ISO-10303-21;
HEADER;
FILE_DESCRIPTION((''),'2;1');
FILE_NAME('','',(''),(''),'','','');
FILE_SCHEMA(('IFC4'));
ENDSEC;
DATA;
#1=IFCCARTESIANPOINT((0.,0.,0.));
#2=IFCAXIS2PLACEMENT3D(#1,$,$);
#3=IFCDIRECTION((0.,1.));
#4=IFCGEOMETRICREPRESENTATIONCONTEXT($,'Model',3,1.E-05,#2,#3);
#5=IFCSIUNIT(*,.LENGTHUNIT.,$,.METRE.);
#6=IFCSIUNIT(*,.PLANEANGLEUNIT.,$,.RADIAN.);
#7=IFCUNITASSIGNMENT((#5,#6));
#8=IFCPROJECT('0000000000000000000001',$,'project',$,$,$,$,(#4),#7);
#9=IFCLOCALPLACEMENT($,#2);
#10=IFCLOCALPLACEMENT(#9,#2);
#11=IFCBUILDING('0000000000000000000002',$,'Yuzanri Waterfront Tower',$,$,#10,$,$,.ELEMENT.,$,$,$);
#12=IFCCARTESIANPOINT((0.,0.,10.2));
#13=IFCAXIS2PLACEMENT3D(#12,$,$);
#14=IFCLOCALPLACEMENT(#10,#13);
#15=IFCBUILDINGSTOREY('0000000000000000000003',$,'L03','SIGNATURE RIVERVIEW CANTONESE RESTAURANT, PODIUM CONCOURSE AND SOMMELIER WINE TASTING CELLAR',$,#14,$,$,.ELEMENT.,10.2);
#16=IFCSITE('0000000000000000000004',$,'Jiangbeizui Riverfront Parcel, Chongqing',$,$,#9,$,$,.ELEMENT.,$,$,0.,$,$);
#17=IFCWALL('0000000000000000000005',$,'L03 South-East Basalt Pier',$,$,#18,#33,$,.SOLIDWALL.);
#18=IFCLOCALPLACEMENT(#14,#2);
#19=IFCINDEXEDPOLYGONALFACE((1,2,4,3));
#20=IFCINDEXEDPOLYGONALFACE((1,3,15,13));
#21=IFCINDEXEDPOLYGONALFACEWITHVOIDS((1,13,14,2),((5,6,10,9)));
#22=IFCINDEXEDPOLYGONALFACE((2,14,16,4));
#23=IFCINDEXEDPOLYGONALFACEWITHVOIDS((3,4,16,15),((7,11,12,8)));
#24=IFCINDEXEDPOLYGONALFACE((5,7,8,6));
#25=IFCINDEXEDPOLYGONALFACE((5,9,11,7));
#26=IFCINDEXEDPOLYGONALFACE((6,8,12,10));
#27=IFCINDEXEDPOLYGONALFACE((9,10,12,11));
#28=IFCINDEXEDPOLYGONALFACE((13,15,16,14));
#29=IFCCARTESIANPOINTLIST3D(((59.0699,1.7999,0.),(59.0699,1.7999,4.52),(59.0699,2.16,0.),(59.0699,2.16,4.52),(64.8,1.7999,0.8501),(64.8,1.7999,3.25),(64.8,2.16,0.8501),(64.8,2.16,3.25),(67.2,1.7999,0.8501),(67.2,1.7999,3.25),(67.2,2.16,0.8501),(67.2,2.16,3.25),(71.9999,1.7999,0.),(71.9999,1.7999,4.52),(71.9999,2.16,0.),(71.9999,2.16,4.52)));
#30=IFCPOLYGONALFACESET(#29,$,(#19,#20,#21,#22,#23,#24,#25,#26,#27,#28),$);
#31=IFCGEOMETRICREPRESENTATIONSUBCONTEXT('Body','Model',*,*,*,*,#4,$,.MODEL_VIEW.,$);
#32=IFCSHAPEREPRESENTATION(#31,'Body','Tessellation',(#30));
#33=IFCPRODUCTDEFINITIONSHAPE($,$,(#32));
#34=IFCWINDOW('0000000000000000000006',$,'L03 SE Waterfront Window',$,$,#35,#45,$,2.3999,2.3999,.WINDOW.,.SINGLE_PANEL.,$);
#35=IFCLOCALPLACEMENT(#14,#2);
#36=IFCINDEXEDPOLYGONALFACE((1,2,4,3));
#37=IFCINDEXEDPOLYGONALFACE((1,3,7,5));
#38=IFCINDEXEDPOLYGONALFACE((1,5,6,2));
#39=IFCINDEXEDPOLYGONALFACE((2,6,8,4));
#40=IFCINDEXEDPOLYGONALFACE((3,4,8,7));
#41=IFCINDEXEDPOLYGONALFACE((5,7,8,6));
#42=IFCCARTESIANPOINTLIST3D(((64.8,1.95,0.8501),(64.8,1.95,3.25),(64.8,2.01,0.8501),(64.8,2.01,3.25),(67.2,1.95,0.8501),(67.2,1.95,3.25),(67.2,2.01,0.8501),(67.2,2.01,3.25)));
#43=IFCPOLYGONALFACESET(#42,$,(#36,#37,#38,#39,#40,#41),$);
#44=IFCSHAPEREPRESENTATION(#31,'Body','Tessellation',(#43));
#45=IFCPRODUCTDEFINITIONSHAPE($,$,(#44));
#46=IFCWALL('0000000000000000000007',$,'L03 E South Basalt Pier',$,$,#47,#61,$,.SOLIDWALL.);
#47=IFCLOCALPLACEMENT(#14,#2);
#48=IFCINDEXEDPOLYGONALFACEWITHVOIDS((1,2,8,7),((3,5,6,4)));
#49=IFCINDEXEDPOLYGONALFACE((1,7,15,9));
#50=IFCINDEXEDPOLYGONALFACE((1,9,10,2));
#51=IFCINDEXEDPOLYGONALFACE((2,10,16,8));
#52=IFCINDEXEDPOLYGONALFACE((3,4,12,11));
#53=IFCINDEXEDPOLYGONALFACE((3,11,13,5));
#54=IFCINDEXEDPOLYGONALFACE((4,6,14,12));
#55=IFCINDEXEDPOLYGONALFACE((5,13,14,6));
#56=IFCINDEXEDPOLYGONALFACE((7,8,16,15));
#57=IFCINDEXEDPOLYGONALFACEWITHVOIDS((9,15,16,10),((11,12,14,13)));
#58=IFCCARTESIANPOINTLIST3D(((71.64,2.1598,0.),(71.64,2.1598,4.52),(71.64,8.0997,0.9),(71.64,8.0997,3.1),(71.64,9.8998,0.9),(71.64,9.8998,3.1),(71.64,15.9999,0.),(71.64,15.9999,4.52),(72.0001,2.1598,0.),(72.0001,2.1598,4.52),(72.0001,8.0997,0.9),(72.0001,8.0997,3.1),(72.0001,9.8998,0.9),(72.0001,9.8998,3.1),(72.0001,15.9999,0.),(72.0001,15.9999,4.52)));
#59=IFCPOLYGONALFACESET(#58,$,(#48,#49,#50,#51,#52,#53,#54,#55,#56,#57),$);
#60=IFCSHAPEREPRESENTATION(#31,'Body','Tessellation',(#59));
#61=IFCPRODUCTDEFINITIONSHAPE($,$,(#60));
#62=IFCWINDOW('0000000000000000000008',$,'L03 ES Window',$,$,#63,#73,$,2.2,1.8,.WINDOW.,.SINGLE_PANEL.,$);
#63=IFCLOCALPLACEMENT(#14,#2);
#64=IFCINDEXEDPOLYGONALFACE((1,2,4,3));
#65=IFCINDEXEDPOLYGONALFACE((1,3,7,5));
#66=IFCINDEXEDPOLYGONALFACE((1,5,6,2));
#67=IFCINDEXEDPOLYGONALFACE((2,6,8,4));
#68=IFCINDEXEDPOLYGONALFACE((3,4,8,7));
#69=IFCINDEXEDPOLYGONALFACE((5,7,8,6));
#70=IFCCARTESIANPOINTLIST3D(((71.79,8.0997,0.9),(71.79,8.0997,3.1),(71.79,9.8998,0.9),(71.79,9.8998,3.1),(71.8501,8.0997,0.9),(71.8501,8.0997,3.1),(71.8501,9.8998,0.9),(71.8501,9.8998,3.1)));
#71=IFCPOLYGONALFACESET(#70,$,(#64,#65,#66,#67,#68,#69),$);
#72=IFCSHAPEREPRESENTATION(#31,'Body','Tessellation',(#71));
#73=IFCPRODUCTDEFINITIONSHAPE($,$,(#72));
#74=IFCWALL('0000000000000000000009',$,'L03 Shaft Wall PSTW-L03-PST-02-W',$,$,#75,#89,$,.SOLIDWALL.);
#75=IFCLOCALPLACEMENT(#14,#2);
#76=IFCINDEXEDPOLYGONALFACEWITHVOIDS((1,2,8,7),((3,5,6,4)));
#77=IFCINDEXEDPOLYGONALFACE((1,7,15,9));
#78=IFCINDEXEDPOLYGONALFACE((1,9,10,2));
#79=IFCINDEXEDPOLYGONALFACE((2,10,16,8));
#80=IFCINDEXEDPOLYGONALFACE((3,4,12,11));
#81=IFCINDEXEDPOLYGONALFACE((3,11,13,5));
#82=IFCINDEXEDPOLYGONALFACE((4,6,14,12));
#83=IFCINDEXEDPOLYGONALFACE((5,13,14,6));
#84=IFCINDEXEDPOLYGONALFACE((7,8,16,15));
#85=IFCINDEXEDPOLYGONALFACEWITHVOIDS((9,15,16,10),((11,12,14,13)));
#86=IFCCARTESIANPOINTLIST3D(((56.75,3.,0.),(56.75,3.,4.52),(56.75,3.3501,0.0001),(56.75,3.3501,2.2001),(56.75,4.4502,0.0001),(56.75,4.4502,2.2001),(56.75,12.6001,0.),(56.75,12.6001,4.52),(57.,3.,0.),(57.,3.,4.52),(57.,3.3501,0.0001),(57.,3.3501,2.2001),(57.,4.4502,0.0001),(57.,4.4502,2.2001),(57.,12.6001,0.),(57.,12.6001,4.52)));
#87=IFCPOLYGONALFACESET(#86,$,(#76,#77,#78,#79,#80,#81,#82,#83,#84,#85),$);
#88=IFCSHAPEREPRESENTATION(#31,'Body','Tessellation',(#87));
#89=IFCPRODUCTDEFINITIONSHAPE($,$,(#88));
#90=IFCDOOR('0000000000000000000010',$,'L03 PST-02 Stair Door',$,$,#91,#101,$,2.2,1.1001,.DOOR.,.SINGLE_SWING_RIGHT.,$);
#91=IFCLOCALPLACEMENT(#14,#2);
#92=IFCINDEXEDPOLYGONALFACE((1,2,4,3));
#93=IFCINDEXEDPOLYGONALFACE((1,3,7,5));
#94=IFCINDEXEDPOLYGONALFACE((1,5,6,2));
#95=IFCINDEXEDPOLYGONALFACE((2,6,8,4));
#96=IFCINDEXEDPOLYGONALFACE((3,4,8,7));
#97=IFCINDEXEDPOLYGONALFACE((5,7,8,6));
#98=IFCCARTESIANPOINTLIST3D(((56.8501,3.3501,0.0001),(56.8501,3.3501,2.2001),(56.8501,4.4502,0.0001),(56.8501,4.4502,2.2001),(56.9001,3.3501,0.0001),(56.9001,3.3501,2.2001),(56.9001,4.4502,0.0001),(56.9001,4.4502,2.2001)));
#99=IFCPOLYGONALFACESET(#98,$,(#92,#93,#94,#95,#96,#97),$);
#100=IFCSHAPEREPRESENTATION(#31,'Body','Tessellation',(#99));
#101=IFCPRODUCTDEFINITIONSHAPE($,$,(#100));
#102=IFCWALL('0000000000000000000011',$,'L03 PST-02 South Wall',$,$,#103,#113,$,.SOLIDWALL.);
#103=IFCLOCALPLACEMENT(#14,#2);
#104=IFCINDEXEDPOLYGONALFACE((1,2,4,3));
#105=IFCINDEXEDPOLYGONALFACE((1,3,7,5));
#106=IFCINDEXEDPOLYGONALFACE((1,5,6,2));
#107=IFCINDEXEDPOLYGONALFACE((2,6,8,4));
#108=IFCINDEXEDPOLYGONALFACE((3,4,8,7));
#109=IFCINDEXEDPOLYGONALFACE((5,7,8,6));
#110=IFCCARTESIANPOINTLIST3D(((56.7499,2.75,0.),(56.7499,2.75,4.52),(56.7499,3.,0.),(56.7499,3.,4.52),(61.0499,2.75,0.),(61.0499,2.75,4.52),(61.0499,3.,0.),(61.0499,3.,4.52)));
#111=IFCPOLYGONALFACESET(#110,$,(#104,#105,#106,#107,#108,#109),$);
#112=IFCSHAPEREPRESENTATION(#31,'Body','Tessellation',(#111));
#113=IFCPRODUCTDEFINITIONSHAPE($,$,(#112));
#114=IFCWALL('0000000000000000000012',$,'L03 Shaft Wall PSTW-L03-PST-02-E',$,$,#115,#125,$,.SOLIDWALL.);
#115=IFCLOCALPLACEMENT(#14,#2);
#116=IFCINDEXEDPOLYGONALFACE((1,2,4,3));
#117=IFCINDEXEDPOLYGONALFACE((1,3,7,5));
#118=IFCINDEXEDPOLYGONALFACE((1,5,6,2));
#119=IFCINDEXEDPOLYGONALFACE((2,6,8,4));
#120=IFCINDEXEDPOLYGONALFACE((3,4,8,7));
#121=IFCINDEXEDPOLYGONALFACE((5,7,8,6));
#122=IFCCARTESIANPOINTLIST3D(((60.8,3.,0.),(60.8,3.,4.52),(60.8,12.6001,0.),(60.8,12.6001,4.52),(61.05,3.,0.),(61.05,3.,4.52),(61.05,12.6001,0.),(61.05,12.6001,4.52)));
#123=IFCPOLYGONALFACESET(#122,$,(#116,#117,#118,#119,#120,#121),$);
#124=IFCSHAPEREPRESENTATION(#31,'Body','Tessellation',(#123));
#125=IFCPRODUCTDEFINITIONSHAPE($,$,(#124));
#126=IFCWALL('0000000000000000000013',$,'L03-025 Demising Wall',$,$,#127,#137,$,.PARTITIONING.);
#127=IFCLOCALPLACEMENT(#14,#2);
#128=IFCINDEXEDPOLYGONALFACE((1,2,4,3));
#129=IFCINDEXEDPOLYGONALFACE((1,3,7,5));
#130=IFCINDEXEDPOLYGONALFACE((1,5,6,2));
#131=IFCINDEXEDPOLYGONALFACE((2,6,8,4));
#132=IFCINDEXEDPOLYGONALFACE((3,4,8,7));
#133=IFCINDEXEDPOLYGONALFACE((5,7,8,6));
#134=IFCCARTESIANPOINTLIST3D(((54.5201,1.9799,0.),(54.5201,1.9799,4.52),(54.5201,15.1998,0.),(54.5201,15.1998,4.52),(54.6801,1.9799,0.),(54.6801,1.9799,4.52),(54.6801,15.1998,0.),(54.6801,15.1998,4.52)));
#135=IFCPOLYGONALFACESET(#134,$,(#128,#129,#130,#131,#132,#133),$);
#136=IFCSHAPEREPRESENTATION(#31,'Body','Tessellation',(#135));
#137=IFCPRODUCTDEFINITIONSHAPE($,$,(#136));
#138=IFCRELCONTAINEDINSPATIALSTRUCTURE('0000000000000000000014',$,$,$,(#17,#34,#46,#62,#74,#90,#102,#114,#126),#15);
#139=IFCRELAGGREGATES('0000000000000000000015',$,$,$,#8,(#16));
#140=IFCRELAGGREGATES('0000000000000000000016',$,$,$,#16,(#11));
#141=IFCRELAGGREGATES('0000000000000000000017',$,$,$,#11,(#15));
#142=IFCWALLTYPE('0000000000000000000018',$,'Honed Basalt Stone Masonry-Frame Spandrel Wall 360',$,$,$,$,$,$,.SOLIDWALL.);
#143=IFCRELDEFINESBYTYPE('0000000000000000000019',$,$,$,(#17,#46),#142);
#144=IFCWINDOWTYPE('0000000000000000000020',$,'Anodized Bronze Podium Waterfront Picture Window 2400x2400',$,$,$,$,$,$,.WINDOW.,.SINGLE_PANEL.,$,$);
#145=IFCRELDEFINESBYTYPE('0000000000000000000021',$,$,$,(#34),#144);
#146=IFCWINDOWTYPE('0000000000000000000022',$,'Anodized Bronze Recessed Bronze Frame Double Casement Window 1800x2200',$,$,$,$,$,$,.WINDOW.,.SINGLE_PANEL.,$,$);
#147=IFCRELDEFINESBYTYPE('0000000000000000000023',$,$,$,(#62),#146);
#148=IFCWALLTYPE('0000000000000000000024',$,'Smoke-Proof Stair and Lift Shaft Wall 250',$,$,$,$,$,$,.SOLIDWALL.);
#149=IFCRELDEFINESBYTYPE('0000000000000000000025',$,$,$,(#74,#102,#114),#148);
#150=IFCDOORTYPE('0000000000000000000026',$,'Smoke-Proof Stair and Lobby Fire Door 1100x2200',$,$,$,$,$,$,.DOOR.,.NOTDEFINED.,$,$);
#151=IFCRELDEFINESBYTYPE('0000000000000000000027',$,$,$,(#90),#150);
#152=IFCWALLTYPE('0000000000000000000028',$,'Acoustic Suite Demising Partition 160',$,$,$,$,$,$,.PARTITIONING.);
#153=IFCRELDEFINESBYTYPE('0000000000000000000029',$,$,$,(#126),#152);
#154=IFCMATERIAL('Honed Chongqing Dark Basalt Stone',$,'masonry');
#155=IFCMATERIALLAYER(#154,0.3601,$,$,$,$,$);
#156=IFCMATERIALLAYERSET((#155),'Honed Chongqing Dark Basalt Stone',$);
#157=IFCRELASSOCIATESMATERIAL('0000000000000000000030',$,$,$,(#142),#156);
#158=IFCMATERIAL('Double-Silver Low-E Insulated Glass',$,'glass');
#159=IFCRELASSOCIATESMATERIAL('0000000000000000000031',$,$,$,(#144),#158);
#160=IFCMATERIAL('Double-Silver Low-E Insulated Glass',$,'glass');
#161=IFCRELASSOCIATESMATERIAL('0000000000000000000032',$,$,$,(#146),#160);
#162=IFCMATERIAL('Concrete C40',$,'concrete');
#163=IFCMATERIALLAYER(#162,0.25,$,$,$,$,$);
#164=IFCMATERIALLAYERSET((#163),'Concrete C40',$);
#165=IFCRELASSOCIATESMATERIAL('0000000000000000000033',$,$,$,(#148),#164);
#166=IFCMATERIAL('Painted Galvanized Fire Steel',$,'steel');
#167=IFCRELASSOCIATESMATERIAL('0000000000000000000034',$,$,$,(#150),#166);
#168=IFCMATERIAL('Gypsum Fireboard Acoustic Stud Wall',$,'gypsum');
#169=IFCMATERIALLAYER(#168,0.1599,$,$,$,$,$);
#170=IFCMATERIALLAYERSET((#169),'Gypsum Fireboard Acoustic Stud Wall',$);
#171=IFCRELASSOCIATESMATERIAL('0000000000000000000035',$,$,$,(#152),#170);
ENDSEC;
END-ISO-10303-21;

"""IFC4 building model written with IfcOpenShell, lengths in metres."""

from ifc_helpers import new_model, si_unit, direction, frame, frame_2d, origin, place, context, subcontext, project, spatial, rectangle, extrude, source, transform, mapped, material, layer, layer_set, type_object, element, fill, save


model = new_model("IFC4")

# Units and contexts
model_context = context("Model", 3, precision=1e-05, world=origin(), true_north=direction((0.0, 1.0)))
body_context = subcontext(model_context, "Body", "Model", "MODEL_VIEW")
ifc_project = project(units=[si_unit("LENGTHUNIT", "METRE"), si_unit("PLANEANGLEUNIT", "RADIAN")], contexts=[model_context])

# Site, building, storey
site_placement = place(None, origin())
site = spatial("IfcSite", under=ifc_project, at=site_placement, Name="Jiangbeizui Riverfront Parcel, Chongqing", CompositionType="ELEMENT", RefElevation=0.0)
building_placement = place(site_placement, origin())
building = spatial("IfcBuilding", under=site, at=building_placement, Name="Yuzanri Waterfront Tower", CompositionType="ELEMENT")
storey_placement = place(building_placement, frame((0.0, 0.0, 10.2)))
storey = spatial("IfcBuildingStorey", under=building, at=storey_placement, Name="L03", Description="SIGNATURE RIVERVIEW CANTONESE RESTAURANT, PODIUM CONCOURSE AND SOMMELIER WINE TASTING CELLAR", CompositionType="ELEMENT", Elevation=10.2)

# Walls, openings, windows
ifc_material_1 = material(Name="Honed Chongqing Dark Basalt Stone", Category="masonry")
ifc_layer_1 = layer(ifc_material_1, 0.3601)
ifc_layer_set_1 = layer_set([ifc_layer_1], Name="Honed Chongqing Dark Basalt Stone")
wall_type_1 = type_object("IfcWallType", Name="Honed Basalt Stone Masonry-Frame Spandrel Wall 360", PredefinedType="SOLIDWALL", material=ifc_layer_set_1)
wall_1_placement = place(storey_placement, frame((59.0701, 1.98, 0.0), z_axis=(0.0, 0.0, 1.0), x_axis=(1.0, 0.0, 0.0)))
wall_1 = element("IfcWall", 1, at=wall_1_placement, inside=storey, type_object=wall_type_1, Name="L03 South-East Basalt Pier", PredefinedType="SOLIDWALL", context=body_context, shape_type="SweptSolid", body=[
    extrude(rectangle(XDim=12.9299, YDim=0.3601, at=frame_2d((6.4648, 0.0))), origin(), (0.0, 0.0, 1.0), 4.52),
])
opening_1_placement = place(wall_1_placement, frame((5.73, 0.0, 0.8501)))
opening_1 = element("IfcOpeningElement", 2, at=opening_1_placement, cuts=wall_1, PredefinedType="OPENING", context=body_context, shape_type="SweptSolid", body=[
    extrude(rectangle(XDim=2.3999, YDim=2.3999, at=frame_2d((1.2, 1.2))), frame((0.0, 0.1948, 0.0), z_axis=(0.0, -1.0, 0.0), x_axis=(1.0, 0.0, 0.0)), (0.0, 0.0, 1.0), 0.3899),
])
ifc_material_2 = material(Name="Double-Silver Low-E Insulated Glass", Category="glass")
window_type_1 = type_object("IfcWindowType", Name="Anodized Bronze Podium Waterfront Picture Window 2400x2400", PartitioningType="SINGLE_PANEL", PredefinedType="WINDOW", material=ifc_material_2)
shared_shape_1 = source(origin(), body_context, "Body", "SweptSolid", [
    extrude(rectangle(XDim=2.3999, YDim=2.3999, at=frame_2d((1.2, 1.2))), frame((0.0, 0.03, 0.0), z_axis=(0.0, -1.0, 0.0), x_axis=(1.0, 0.0, 0.0)), (0.0, 0.0, 1.0), 0.0601),
])
window_1_placement = place(opening_1_placement, origin())
window_1 = element("IfcWindow", 3, at=window_1_placement, inside=storey, type_object=window_type_1, Name="L03 SE Waterfront Window", OverallHeight=2.3999, OverallWidth=2.3999, PartitioningType="SINGLE_PANEL", PredefinedType="WINDOW", context=body_context, shape_type="MappedRepresentation", body=[
    mapped(shared_shape_1, transform((0.0, 0.0, 0.0), scale=1.0)),
])
fill(opening_1, window_1)
wall_2_placement = place(storey_placement, frame((71.8201, 2.1599, 0.0), z_axis=(0.0, 0.0, 1.0), x_axis=(0.0, 1.0, 0.0)))
wall_2 = element("IfcWall", 4, at=wall_2_placement, inside=storey, type_object=wall_type_1, Name="L03 E South Basalt Pier", PredefinedType="SOLIDWALL", context=body_context, shape_type="SweptSolid", body=[
    extrude(rectangle(XDim=13.8401, YDim=0.3601, at=frame_2d((6.9199, 0.0))), origin(), (0.0, 0.0, 1.0), 4.52),
])
opening_2_placement = place(wall_2_placement, frame((5.9399, 0.0, 0.8999)))
opening_2 = element("IfcOpeningElement", 5, at=opening_2_placement, cuts=wall_2, PredefinedType="OPENING", context=body_context, shape_type="SweptSolid", body=[
    extrude(rectangle(XDim=1.8, YDim=2.2, at=frame_2d((0.8999, 1.1001))), frame((0.0, 0.1948, 0.0), z_axis=(0.0, -1.0, 0.0), x_axis=(1.0, 0.0, 0.0)), (0.0, 0.0, 1.0), 0.3899),
])
ifc_material_3 = material(Name="Double-Silver Low-E Insulated Glass", Category="glass")
window_type_2 = type_object("IfcWindowType", Name="Anodized Bronze Recessed Bronze Frame Double Casement Window 1800x2200", PartitioningType="SINGLE_PANEL", PredefinedType="WINDOW", material=ifc_material_3)
shared_shape_2 = source(origin(), body_context, "Body", "SweptSolid", [
    extrude(rectangle(XDim=1.8, YDim=2.2, at=frame_2d((0.8999, 1.1001))), frame((0.0, 0.03, 0.0), z_axis=(0.0, -1.0, 0.0), x_axis=(1.0, 0.0, 0.0)), (0.0, 0.0, 1.0), 0.0601),
])
window_2_placement = place(opening_2_placement, origin())
window_2 = element("IfcWindow", 6, at=window_2_placement, inside=storey, type_object=window_type_2, Name="L03 ES Window", OverallHeight=2.2, OverallWidth=1.8, PartitioningType="SINGLE_PANEL", PredefinedType="WINDOW", context=body_context, shape_type="MappedRepresentation", body=[
    mapped(shared_shape_2, transform((0.0, 0.0, 0.0), scale=1.0)),
])
fill(opening_2, window_2)

# Wall, opening, door
ifc_material_4 = material(Name="Concrete C40", Category="concrete")
ifc_layer_2 = layer(ifc_material_4, 0.25)
ifc_layer_set_2 = layer_set([ifc_layer_2], Name="Concrete C40")
wall_type_2 = type_object("IfcWallType", Name="Smoke-Proof Stair and Lift Shaft Wall 250", PredefinedType="SOLIDWALL", material=ifc_layer_set_2)
wall_3_placement = place(storey_placement, frame((56.875, 3.0, 0.0), z_axis=(0.0, 0.0, 1.0), x_axis=(0.0, 1.0, 0.0)))
wall_3 = element("IfcWall", 7, at=wall_3_placement, inside=storey, type_object=wall_type_2, Name="L03 Shaft Wall PSTW-L03-PST-02-W", PredefinedType="SOLIDWALL", context=body_context, shape_type="SweptSolid", body=[
    extrude(rectangle(XDim=9.6001, YDim=0.25, at=frame_2d((4.8, 0.0))), origin(), (0.0, 0.0, 1.0), 4.52),
])
opening_3_placement = place(wall_3_placement, frame((0.3501, 0.0, 0.0)))
opening_3 = element("IfcOpeningElement", 8, at=opening_3_placement, cuts=wall_3, PredefinedType="OPENING", context=body_context, shape_type="SweptSolid", body=[
    extrude(rectangle(XDim=1.1001, YDim=2.2, at=frame_2d((0.55, 1.1001))), frame((0.0, 0.1399, 0.0), z_axis=(0.0, -1.0, 0.0), x_axis=(1.0, 0.0, 0.0)), (0.0, 0.0, 1.0), 0.2798),
])
ifc_material_5 = material(Name="Painted Galvanized Fire Steel", Category="steel")
door_type_1 = type_object("IfcDoorType", Name="Smoke-Proof Stair and Lobby Fire Door 1100x2200", OperationType="NOTDEFINED", PredefinedType="DOOR", material=ifc_material_5)
shared_shape_3 = source(origin(), body_context, "Body", "SweptSolid", [
    extrude(rectangle(XDim=1.1001, YDim=2.2, at=frame_2d((0.55, 1.1001))), frame((0.0, 0.0249, 0.0), z_axis=(0.0, -1.0, 0.0), x_axis=(1.0, 0.0, 0.0)), (0.0, 0.0, 1.0), 0.05),
])
door_1_placement = place(opening_3_placement, origin())
door_1 = element("IfcDoor", 9, at=door_1_placement, inside=storey, type_object=door_type_1, Name="L03 PST-02 Stair Door", OperationType="SINGLE_SWING_RIGHT", OverallHeight=2.2, OverallWidth=1.1001, PredefinedType="DOOR", context=body_context, shape_type="MappedRepresentation", body=[
    mapped(shared_shape_3, transform((0.0, 0.0, 0.0), scale=1.0)),
])
fill(opening_3, door_1)

# Walls
shared_shape_4 = source(origin(), body_context, "Body", "SweptSolid", [
    extrude(rectangle(XDim=4.3, YDim=0.25, at=frame_2d((2.1499, 0.0))), origin(), (0.0, 0.0, 1.0), 4.52),
])
wall_4_placement = place(storey_placement, frame((56.75, 2.875, 0.0), z_axis=(0.0, 0.0, 1.0), x_axis=(1.0, 0.0, 0.0)))
element("IfcWall", 10, at=wall_4_placement, inside=storey, type_object=wall_type_2, Name="L03 PST-02 South Wall", PredefinedType="SOLIDWALL", context=body_context, shape_type="MappedRepresentation", body=[
    mapped(shared_shape_4, transform((0.0, 0.0, 0.0), scale=1.0)),
])
shared_shape_5 = source(origin(), body_context, "Body", "SweptSolid", [
    extrude(rectangle(XDim=9.6001, YDim=0.25, at=frame_2d((4.8, 0.0))), origin(), (0.0, 0.0, 1.0), 4.52),
])
wall_5_placement = place(storey_placement, frame((60.925, 3.0, 0.0), z_axis=(0.0, 0.0, 1.0), x_axis=(0.0, 1.0, 0.0)))
element("IfcWall", 11, at=wall_5_placement, inside=storey, type_object=wall_type_2, Name="L03 Shaft Wall PSTW-L03-PST-02-E", PredefinedType="SOLIDWALL", context=body_context, shape_type="MappedRepresentation", body=[
    mapped(shared_shape_5, transform((0.0, 0.0, 0.0), scale=1.0)),
])
ifc_material_6 = material(Name="Gypsum Fireboard Acoustic Stud Wall", Category="gypsum")
ifc_layer_3 = layer(ifc_material_6, 0.1599)
ifc_layer_set_3 = layer_set([ifc_layer_3], Name="Gypsum Fireboard Acoustic Stud Wall")
wall_type_3 = type_object("IfcWallType", Name="Acoustic Suite Demising Partition 160", PredefinedType="PARTITIONING", material=ifc_layer_set_3)
shared_shape_6 = source(origin(), body_context, "Body", "SweptSolid", [
    extrude(rectangle(XDim=13.22, YDim=0.1599, at=frame_2d((6.6099, 0.0))), origin(), (0.0, 0.0, 1.0), 4.52),
])
wall_6_placement = place(storey_placement, frame((54.6001, 1.98, 0.0), z_axis=(0.0, 0.0, 1.0), x_axis=(0.0, 1.0, 0.0)))
element("IfcWall", 12, at=wall_6_placement, inside=storey, type_object=wall_type_3, Name="L03-025 Demising Wall", PredefinedType="PARTITIONING", context=body_context, shape_type="MappedRepresentation", body=[
    mapped(shared_shape_6, transform((0.0, 0.0, 0.0), scale=1.0)),
])

save(model, "model.ifc")
